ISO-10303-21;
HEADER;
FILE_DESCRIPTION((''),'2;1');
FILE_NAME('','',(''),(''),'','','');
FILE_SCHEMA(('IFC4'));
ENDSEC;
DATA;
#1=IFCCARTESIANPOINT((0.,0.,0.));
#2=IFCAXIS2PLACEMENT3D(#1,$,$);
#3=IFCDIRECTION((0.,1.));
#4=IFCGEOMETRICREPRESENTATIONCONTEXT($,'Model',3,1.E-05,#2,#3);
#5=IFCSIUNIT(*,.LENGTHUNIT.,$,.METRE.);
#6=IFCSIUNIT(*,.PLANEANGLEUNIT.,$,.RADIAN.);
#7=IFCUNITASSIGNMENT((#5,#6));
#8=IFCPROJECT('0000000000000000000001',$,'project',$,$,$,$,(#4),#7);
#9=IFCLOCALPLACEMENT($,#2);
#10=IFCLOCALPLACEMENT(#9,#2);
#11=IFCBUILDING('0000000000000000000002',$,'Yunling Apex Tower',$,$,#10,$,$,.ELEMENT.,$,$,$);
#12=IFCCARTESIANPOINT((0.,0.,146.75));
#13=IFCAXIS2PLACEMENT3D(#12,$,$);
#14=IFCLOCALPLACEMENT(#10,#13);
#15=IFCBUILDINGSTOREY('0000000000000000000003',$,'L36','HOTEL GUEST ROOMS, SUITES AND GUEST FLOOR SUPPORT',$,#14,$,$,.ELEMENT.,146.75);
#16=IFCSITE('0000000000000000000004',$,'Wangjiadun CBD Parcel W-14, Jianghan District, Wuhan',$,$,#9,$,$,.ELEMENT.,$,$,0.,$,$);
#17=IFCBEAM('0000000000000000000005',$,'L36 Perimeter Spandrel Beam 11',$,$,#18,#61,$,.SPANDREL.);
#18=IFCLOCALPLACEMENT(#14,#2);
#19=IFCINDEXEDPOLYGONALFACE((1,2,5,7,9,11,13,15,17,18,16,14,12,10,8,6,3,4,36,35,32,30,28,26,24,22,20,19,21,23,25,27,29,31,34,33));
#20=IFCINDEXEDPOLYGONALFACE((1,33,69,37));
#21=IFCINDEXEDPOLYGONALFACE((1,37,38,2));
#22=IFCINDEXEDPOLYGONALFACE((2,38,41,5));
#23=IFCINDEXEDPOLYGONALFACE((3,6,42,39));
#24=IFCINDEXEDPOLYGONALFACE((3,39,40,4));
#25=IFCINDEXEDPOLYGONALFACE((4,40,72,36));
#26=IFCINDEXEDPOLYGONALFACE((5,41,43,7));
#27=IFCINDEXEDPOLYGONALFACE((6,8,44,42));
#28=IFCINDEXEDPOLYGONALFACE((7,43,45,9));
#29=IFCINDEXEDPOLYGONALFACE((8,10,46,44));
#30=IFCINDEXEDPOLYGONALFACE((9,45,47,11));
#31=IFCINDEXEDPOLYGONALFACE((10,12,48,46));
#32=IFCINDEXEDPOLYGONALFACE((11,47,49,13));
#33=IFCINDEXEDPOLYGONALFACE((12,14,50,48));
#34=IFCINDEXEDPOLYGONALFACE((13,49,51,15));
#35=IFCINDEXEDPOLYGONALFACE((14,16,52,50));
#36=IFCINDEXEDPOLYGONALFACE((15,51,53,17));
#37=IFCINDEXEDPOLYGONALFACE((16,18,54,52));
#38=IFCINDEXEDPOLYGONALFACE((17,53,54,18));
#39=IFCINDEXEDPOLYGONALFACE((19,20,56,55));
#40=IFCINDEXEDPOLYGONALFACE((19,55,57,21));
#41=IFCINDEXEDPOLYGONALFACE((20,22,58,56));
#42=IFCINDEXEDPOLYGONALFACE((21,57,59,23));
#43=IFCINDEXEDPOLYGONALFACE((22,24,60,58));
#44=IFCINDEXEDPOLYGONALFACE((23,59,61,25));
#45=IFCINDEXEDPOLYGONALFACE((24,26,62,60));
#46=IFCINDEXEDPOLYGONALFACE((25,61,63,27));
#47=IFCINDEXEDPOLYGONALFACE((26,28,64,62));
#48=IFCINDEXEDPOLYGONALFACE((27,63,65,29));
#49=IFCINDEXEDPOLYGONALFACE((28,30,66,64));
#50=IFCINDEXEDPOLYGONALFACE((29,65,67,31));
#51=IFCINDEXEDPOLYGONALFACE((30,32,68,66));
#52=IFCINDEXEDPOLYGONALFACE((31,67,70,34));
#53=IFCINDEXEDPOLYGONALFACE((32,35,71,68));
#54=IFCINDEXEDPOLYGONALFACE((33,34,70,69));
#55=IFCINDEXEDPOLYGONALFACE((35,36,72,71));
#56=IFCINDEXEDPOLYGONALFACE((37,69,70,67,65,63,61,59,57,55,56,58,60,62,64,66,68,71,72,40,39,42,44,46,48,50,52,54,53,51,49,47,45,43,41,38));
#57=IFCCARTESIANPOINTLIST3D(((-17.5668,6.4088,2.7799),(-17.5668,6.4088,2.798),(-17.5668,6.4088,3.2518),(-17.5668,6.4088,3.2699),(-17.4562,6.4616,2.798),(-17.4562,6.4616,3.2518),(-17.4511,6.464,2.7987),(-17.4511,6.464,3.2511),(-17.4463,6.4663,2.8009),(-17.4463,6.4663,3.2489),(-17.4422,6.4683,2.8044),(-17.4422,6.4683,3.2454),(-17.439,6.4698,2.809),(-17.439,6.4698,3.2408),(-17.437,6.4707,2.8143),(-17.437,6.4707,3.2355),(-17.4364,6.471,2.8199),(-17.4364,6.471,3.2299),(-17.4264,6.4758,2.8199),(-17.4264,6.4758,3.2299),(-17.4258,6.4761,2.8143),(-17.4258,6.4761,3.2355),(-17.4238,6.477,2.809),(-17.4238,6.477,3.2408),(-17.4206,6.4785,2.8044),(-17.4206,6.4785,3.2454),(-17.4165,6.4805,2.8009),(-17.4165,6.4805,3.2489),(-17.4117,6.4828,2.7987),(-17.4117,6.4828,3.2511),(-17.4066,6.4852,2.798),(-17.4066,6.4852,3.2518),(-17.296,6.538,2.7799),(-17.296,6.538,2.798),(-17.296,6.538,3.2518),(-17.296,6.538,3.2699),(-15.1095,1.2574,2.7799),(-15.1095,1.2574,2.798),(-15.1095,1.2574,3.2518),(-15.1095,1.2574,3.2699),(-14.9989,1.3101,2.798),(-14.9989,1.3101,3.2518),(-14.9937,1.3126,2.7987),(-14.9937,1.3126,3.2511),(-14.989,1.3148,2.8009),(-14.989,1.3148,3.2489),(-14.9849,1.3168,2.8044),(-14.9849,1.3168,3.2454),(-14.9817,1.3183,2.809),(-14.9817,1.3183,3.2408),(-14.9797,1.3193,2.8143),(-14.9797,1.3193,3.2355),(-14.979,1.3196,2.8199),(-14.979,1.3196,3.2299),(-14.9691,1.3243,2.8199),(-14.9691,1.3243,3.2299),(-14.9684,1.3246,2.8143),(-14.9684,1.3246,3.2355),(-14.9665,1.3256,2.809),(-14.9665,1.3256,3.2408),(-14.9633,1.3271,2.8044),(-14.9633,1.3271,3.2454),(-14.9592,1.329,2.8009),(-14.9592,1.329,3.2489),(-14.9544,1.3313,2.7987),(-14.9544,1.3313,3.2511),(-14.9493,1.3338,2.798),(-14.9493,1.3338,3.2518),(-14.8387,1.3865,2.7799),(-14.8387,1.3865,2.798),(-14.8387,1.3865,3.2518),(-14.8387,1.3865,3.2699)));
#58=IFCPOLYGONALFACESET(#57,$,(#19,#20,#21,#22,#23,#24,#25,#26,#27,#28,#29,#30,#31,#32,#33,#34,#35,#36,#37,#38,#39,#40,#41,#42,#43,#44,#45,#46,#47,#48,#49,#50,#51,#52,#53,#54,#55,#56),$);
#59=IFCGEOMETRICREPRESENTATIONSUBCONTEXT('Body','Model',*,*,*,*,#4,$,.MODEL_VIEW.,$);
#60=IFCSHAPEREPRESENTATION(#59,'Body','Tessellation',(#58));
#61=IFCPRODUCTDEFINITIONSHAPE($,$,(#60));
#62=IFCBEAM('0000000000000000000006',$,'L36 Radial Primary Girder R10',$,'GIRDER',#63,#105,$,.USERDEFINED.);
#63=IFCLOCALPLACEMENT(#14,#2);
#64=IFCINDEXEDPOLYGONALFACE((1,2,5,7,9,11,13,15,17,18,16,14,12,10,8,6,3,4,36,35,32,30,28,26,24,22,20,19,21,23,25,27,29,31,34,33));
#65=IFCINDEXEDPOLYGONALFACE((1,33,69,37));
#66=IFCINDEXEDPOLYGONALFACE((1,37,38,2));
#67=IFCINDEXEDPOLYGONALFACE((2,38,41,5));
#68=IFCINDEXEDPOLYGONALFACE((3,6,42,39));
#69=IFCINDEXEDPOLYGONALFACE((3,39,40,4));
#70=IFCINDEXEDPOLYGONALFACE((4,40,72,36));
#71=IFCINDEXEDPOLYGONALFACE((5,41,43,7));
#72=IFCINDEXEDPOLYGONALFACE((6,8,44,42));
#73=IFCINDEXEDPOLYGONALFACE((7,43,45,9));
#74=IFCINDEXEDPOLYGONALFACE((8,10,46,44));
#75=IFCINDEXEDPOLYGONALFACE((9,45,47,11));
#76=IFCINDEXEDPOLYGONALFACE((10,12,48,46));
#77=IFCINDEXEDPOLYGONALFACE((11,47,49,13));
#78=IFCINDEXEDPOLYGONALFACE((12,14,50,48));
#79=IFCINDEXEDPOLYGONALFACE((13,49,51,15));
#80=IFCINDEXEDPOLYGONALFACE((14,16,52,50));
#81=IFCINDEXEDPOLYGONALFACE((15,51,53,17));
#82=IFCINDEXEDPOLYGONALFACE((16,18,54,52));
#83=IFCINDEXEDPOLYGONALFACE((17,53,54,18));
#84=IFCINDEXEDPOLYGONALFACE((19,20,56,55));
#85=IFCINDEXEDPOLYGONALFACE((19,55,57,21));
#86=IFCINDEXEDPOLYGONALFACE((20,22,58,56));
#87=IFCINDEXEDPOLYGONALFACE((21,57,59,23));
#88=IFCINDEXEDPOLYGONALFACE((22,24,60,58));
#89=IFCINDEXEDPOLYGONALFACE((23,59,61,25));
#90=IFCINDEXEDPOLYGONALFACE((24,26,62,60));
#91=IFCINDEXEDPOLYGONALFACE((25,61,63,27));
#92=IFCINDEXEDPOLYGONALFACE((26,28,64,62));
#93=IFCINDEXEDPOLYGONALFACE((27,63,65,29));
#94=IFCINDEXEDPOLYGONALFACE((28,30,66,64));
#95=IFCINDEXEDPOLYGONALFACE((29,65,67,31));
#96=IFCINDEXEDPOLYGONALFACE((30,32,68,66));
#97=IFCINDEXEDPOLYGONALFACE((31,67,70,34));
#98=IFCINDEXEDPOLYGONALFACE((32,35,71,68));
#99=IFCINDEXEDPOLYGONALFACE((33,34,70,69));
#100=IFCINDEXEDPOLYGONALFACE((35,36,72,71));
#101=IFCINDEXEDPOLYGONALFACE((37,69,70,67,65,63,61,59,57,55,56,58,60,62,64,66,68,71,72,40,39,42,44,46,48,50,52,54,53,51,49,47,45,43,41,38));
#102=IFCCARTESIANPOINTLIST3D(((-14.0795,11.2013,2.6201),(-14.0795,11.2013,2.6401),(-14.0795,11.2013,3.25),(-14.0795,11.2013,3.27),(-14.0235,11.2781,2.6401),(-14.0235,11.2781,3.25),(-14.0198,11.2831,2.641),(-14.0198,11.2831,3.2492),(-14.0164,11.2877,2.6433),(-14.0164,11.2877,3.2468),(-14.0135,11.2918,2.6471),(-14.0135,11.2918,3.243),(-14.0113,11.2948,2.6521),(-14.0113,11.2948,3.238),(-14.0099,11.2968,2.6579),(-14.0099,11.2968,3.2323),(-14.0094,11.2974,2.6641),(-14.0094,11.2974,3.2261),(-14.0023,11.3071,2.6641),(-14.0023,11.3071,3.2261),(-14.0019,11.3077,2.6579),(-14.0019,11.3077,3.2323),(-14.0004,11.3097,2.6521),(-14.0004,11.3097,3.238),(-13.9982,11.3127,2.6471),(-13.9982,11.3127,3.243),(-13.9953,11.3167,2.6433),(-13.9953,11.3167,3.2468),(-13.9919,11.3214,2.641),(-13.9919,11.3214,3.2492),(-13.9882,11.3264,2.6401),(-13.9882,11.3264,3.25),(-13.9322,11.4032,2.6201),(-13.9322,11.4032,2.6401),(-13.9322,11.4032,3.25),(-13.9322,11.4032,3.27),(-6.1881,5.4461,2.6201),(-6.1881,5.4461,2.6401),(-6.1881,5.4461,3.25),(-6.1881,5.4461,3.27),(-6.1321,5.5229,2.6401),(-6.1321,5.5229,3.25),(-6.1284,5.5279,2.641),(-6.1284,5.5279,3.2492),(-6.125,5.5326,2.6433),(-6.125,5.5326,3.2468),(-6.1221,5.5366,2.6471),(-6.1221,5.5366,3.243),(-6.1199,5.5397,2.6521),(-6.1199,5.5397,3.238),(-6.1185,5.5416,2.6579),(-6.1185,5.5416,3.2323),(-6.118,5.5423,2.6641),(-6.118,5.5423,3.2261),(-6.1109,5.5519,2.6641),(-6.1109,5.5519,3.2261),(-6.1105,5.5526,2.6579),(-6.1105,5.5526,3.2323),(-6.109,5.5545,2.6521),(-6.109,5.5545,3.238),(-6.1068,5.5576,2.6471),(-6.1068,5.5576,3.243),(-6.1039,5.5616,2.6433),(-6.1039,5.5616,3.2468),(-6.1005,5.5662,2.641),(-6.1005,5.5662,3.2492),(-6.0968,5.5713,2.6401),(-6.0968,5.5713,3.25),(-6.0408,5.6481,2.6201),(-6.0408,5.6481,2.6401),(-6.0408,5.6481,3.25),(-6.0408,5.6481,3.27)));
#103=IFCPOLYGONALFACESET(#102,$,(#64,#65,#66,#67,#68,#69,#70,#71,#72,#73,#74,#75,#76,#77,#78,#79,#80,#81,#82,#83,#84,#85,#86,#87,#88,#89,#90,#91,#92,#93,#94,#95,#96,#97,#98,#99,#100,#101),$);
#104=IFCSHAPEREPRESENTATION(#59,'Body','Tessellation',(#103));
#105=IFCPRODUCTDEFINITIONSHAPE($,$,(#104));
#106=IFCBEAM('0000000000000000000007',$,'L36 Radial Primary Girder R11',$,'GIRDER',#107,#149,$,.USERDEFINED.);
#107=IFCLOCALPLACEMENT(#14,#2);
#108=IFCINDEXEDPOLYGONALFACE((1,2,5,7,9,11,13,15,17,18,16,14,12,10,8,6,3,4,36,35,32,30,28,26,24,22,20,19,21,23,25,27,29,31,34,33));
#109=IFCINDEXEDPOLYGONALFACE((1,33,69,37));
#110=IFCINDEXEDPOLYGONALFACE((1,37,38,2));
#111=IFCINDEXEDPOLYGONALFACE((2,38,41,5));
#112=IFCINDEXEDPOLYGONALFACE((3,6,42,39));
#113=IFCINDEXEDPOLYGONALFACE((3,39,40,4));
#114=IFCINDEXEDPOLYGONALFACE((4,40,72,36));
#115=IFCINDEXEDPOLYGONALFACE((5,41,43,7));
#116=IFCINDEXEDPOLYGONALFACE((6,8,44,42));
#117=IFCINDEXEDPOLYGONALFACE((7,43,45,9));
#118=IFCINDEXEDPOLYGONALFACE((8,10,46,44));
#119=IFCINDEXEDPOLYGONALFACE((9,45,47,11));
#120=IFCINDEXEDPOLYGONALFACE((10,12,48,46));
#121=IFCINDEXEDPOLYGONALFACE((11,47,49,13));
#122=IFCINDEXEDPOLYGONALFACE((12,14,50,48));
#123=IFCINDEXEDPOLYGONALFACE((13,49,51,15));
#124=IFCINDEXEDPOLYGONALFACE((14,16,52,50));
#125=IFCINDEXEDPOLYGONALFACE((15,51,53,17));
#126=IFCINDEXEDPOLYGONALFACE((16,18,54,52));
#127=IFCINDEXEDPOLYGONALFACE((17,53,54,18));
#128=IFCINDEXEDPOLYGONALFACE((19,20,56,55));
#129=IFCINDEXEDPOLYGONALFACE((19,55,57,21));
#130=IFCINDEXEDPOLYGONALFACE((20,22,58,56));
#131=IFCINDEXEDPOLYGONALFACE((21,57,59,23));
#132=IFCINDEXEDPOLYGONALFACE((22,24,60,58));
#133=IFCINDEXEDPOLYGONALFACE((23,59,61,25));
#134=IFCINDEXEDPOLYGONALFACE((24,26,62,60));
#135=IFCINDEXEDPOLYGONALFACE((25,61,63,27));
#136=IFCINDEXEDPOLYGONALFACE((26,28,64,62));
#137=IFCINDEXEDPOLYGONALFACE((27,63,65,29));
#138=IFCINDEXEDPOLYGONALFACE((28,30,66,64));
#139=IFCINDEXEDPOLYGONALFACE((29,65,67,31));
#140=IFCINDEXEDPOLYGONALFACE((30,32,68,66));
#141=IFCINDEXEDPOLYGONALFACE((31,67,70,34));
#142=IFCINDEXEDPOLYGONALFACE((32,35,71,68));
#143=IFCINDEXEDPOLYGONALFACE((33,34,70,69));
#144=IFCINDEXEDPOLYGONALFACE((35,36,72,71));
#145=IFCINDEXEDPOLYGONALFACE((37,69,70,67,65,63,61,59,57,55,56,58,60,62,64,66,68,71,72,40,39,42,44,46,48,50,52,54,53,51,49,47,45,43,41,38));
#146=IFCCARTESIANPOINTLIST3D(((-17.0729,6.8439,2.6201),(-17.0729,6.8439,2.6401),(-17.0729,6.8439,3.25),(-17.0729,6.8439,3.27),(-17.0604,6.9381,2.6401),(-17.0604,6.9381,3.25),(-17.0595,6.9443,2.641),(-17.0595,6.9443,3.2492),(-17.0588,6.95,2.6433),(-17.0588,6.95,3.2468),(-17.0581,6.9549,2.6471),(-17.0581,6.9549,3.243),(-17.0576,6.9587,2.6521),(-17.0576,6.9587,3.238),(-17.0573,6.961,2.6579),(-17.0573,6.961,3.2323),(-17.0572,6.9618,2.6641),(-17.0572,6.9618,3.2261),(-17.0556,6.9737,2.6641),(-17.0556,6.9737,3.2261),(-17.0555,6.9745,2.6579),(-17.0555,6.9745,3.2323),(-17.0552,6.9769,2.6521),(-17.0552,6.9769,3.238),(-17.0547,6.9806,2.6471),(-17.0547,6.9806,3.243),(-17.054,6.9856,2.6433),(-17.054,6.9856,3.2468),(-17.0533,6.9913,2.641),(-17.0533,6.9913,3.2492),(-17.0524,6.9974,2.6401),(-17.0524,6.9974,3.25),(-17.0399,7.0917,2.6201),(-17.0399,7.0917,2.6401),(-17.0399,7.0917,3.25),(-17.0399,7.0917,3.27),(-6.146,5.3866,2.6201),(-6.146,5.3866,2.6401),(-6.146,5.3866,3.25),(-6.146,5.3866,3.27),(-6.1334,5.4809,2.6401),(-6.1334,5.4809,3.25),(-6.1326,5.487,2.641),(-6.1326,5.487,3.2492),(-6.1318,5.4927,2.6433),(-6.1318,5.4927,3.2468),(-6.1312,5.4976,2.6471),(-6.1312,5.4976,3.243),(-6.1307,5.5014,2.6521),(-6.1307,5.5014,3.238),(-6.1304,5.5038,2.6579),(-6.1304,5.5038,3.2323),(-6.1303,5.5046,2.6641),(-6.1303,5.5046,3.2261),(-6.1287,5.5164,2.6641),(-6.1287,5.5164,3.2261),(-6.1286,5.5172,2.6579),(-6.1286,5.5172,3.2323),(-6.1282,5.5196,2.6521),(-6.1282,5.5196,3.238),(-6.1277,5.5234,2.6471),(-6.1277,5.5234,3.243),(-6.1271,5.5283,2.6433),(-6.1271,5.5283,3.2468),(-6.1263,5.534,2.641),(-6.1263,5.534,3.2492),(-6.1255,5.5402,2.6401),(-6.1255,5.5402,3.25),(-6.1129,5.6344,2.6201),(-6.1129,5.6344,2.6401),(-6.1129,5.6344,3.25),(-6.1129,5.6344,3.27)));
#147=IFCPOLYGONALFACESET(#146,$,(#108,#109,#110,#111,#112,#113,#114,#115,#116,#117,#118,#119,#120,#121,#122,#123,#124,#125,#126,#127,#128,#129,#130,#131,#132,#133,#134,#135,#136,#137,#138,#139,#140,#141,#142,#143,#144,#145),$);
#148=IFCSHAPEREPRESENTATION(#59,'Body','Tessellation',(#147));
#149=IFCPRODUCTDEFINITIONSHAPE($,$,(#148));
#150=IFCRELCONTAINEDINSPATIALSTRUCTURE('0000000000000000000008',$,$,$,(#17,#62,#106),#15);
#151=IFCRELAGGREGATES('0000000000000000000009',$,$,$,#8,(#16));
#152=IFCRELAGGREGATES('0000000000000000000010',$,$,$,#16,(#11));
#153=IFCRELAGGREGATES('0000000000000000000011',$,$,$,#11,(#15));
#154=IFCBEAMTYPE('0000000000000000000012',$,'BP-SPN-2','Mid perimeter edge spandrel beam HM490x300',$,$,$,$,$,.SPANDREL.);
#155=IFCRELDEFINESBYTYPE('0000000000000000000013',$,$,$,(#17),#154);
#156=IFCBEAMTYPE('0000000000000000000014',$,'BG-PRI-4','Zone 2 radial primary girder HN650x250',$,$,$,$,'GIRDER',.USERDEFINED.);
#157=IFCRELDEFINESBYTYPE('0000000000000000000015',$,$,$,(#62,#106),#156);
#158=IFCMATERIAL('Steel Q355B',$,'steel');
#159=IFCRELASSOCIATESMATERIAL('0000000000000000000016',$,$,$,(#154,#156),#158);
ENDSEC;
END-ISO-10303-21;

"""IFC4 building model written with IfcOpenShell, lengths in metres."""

from ifc_helpers import new_model, si_unit, direction, frame, origin, origin_2d, place, context, subcontext, project, spatial, i_section, extrude, source, transform, mapped, material, material_profile, profile_set, type_object, element, save


model = new_model("IFC4")

# Units and contexts
model_context = context("Model", 3, precision=1e-05, world=origin(), true_north=direction((0.0, 1.0)))
body_context = subcontext(model_context, "Body", "Model", "MODEL_VIEW")
ifc_project = project(units=[si_unit("LENGTHUNIT", "METRE"), si_unit("PLANEANGLEUNIT", "RADIAN")], contexts=[model_context])

# Site, building, storey
site_placement = place(None, origin())
site = spatial("IfcSite", under=ifc_project, at=site_placement, Name="Wangjiadun CBD Parcel W-14, Jianghan District, Wuhan", CompositionType="ELEMENT", RefElevation=0.0)
building_placement = place(site_placement, origin())
building = spatial("IfcBuilding", under=site, at=building_placement, Name="Yunling Apex Tower", CompositionType="ELEMENT")
storey_placement = place(building_placement, frame((0.0, 0.0, 146.75)))
storey = spatial("IfcBuildingStorey", under=building, at=storey_placement, Name="L36", Description="HOTEL GUEST ROOMS, SUITES AND GUEST FLOOR SUPPORT", CompositionType="ELEMENT", Elevation=146.75)

# Beams
ifc_material_1 = material(Name="Steel Q355B", Category="steel")
ifc_material_profile_1 = material_profile(ifc_material_1, i_section(OverallWidth=0.3, OverallDepth=0.49, WebThickness=0.011, FlangeThickness=0.0181, FilletRadius=0.022, at=origin_2d()))
ifc_profile_set_1 = profile_set([ifc_material_profile_1], Name="Steel Q355B")
beam_type_1 = type_object("IfcBeamType", Name="BP-SPN-2", Description="Mid perimeter edge spandrel beam HM490x300", PredefinedType="SPANDREL", material=ifc_profile_set_1)
shared_shape_1 = source(origin(), body_context, "Body", "SweptSolid", [
    extrude(i_section(OverallWidth=0.3, OverallDepth=0.49, WebThickness=0.011, FlangeThickness=0.0181, FilletRadius=0.022, at=origin_2d()), origin(), (0.0, 0.0, 1.0), 5.7075),
])
beam_1_placement = place(storey_placement, frame((-17.4314, 6.4734, 3.0249), z_axis=(0.43054, -0.902572, 0.0), x_axis=(0.902572, 0.43054, 0.0)))
element("IfcBeam", 1, at=beam_1_placement, inside=storey, type_object=beam_type_1, Name="L36 Perimeter Spandrel Beam 11", PredefinedType="SPANDREL", context=body_context, shape_type="MappedRepresentation", body=[
    mapped(shared_shape_1, transform((0.0, 0.0, 0.0), scale=1.0)),
])
ifc_material_profile_2 = material_profile(ifc_material_1, i_section(OverallWidth=0.25, OverallDepth=0.6499, WebThickness=0.012, FlangeThickness=0.02, FilletRadius=0.0239, at=origin_2d()))
ifc_profile_set_2 = profile_set([ifc_material_profile_2], Name="Steel Q355B")
beam_type_2 = type_object("IfcBeamType", Name="BG-PRI-4", Description="Zone 2 radial primary girder HN650x250", ElementType="GIRDER", PredefinedType="USERDEFINED", material=ifc_profile_set_2)
shared_shape_2 = source(origin(), body_context, "Body", "SweptSolid", [
    extrude(i_section(OverallWidth=0.25, OverallDepth=0.6499, WebThickness=0.012, FlangeThickness=0.02, FilletRadius=0.0239, at=origin_2d()), origin(), (0.0, 0.0, 1.0), 9.7671),
])
beam_2_placement = place(storey_placement, frame((-14.0059, 11.3022, 2.9451), z_axis=(0.807958, -0.58924, 0.0), x_axis=(0.58924, 0.807958, 0.0)))
element("IfcBeam", 2, at=beam_2_placement, inside=storey, type_object=beam_type_2, Name="L36 Radial Primary Girder R10", ObjectType="GIRDER", PredefinedType="USERDEFINED", context=body_context, shape_type="MappedRepresentation", body=[
    mapped(shared_shape_2, transform((0.0, 0.0, 0.0), scale=1.0)),
])
shared_shape_3 = source(origin(), body_context, "Body", "SweptSolid", [
    extrude(i_section(OverallWidth=0.25, OverallDepth=0.6499, WebThickness=0.012, FlangeThickness=0.02, FilletRadius=0.0239, at=origin_2d()), origin(), (0.0, 0.0, 1.0), 11.0237),
])
beam_3_placement = place(storey_placement, frame((-17.0564, 6.9678, 2.9451), z_axis=(0.991224, -0.132194, 0.0), x_axis=(0.132194, 0.991224, 0.0)))
element("IfcBeam", 3, at=beam_3_placement, inside=storey, type_object=beam_type_2, Name="L36 Radial Primary Girder R11", ObjectType="GIRDER", PredefinedType="USERDEFINED", context=body_context, shape_type="MappedRepresentation", body=[
    mapped(shared_shape_3, transform((0.0, 0.0, 0.0), scale=1.0)),
])

save(model, "model.ifc")
